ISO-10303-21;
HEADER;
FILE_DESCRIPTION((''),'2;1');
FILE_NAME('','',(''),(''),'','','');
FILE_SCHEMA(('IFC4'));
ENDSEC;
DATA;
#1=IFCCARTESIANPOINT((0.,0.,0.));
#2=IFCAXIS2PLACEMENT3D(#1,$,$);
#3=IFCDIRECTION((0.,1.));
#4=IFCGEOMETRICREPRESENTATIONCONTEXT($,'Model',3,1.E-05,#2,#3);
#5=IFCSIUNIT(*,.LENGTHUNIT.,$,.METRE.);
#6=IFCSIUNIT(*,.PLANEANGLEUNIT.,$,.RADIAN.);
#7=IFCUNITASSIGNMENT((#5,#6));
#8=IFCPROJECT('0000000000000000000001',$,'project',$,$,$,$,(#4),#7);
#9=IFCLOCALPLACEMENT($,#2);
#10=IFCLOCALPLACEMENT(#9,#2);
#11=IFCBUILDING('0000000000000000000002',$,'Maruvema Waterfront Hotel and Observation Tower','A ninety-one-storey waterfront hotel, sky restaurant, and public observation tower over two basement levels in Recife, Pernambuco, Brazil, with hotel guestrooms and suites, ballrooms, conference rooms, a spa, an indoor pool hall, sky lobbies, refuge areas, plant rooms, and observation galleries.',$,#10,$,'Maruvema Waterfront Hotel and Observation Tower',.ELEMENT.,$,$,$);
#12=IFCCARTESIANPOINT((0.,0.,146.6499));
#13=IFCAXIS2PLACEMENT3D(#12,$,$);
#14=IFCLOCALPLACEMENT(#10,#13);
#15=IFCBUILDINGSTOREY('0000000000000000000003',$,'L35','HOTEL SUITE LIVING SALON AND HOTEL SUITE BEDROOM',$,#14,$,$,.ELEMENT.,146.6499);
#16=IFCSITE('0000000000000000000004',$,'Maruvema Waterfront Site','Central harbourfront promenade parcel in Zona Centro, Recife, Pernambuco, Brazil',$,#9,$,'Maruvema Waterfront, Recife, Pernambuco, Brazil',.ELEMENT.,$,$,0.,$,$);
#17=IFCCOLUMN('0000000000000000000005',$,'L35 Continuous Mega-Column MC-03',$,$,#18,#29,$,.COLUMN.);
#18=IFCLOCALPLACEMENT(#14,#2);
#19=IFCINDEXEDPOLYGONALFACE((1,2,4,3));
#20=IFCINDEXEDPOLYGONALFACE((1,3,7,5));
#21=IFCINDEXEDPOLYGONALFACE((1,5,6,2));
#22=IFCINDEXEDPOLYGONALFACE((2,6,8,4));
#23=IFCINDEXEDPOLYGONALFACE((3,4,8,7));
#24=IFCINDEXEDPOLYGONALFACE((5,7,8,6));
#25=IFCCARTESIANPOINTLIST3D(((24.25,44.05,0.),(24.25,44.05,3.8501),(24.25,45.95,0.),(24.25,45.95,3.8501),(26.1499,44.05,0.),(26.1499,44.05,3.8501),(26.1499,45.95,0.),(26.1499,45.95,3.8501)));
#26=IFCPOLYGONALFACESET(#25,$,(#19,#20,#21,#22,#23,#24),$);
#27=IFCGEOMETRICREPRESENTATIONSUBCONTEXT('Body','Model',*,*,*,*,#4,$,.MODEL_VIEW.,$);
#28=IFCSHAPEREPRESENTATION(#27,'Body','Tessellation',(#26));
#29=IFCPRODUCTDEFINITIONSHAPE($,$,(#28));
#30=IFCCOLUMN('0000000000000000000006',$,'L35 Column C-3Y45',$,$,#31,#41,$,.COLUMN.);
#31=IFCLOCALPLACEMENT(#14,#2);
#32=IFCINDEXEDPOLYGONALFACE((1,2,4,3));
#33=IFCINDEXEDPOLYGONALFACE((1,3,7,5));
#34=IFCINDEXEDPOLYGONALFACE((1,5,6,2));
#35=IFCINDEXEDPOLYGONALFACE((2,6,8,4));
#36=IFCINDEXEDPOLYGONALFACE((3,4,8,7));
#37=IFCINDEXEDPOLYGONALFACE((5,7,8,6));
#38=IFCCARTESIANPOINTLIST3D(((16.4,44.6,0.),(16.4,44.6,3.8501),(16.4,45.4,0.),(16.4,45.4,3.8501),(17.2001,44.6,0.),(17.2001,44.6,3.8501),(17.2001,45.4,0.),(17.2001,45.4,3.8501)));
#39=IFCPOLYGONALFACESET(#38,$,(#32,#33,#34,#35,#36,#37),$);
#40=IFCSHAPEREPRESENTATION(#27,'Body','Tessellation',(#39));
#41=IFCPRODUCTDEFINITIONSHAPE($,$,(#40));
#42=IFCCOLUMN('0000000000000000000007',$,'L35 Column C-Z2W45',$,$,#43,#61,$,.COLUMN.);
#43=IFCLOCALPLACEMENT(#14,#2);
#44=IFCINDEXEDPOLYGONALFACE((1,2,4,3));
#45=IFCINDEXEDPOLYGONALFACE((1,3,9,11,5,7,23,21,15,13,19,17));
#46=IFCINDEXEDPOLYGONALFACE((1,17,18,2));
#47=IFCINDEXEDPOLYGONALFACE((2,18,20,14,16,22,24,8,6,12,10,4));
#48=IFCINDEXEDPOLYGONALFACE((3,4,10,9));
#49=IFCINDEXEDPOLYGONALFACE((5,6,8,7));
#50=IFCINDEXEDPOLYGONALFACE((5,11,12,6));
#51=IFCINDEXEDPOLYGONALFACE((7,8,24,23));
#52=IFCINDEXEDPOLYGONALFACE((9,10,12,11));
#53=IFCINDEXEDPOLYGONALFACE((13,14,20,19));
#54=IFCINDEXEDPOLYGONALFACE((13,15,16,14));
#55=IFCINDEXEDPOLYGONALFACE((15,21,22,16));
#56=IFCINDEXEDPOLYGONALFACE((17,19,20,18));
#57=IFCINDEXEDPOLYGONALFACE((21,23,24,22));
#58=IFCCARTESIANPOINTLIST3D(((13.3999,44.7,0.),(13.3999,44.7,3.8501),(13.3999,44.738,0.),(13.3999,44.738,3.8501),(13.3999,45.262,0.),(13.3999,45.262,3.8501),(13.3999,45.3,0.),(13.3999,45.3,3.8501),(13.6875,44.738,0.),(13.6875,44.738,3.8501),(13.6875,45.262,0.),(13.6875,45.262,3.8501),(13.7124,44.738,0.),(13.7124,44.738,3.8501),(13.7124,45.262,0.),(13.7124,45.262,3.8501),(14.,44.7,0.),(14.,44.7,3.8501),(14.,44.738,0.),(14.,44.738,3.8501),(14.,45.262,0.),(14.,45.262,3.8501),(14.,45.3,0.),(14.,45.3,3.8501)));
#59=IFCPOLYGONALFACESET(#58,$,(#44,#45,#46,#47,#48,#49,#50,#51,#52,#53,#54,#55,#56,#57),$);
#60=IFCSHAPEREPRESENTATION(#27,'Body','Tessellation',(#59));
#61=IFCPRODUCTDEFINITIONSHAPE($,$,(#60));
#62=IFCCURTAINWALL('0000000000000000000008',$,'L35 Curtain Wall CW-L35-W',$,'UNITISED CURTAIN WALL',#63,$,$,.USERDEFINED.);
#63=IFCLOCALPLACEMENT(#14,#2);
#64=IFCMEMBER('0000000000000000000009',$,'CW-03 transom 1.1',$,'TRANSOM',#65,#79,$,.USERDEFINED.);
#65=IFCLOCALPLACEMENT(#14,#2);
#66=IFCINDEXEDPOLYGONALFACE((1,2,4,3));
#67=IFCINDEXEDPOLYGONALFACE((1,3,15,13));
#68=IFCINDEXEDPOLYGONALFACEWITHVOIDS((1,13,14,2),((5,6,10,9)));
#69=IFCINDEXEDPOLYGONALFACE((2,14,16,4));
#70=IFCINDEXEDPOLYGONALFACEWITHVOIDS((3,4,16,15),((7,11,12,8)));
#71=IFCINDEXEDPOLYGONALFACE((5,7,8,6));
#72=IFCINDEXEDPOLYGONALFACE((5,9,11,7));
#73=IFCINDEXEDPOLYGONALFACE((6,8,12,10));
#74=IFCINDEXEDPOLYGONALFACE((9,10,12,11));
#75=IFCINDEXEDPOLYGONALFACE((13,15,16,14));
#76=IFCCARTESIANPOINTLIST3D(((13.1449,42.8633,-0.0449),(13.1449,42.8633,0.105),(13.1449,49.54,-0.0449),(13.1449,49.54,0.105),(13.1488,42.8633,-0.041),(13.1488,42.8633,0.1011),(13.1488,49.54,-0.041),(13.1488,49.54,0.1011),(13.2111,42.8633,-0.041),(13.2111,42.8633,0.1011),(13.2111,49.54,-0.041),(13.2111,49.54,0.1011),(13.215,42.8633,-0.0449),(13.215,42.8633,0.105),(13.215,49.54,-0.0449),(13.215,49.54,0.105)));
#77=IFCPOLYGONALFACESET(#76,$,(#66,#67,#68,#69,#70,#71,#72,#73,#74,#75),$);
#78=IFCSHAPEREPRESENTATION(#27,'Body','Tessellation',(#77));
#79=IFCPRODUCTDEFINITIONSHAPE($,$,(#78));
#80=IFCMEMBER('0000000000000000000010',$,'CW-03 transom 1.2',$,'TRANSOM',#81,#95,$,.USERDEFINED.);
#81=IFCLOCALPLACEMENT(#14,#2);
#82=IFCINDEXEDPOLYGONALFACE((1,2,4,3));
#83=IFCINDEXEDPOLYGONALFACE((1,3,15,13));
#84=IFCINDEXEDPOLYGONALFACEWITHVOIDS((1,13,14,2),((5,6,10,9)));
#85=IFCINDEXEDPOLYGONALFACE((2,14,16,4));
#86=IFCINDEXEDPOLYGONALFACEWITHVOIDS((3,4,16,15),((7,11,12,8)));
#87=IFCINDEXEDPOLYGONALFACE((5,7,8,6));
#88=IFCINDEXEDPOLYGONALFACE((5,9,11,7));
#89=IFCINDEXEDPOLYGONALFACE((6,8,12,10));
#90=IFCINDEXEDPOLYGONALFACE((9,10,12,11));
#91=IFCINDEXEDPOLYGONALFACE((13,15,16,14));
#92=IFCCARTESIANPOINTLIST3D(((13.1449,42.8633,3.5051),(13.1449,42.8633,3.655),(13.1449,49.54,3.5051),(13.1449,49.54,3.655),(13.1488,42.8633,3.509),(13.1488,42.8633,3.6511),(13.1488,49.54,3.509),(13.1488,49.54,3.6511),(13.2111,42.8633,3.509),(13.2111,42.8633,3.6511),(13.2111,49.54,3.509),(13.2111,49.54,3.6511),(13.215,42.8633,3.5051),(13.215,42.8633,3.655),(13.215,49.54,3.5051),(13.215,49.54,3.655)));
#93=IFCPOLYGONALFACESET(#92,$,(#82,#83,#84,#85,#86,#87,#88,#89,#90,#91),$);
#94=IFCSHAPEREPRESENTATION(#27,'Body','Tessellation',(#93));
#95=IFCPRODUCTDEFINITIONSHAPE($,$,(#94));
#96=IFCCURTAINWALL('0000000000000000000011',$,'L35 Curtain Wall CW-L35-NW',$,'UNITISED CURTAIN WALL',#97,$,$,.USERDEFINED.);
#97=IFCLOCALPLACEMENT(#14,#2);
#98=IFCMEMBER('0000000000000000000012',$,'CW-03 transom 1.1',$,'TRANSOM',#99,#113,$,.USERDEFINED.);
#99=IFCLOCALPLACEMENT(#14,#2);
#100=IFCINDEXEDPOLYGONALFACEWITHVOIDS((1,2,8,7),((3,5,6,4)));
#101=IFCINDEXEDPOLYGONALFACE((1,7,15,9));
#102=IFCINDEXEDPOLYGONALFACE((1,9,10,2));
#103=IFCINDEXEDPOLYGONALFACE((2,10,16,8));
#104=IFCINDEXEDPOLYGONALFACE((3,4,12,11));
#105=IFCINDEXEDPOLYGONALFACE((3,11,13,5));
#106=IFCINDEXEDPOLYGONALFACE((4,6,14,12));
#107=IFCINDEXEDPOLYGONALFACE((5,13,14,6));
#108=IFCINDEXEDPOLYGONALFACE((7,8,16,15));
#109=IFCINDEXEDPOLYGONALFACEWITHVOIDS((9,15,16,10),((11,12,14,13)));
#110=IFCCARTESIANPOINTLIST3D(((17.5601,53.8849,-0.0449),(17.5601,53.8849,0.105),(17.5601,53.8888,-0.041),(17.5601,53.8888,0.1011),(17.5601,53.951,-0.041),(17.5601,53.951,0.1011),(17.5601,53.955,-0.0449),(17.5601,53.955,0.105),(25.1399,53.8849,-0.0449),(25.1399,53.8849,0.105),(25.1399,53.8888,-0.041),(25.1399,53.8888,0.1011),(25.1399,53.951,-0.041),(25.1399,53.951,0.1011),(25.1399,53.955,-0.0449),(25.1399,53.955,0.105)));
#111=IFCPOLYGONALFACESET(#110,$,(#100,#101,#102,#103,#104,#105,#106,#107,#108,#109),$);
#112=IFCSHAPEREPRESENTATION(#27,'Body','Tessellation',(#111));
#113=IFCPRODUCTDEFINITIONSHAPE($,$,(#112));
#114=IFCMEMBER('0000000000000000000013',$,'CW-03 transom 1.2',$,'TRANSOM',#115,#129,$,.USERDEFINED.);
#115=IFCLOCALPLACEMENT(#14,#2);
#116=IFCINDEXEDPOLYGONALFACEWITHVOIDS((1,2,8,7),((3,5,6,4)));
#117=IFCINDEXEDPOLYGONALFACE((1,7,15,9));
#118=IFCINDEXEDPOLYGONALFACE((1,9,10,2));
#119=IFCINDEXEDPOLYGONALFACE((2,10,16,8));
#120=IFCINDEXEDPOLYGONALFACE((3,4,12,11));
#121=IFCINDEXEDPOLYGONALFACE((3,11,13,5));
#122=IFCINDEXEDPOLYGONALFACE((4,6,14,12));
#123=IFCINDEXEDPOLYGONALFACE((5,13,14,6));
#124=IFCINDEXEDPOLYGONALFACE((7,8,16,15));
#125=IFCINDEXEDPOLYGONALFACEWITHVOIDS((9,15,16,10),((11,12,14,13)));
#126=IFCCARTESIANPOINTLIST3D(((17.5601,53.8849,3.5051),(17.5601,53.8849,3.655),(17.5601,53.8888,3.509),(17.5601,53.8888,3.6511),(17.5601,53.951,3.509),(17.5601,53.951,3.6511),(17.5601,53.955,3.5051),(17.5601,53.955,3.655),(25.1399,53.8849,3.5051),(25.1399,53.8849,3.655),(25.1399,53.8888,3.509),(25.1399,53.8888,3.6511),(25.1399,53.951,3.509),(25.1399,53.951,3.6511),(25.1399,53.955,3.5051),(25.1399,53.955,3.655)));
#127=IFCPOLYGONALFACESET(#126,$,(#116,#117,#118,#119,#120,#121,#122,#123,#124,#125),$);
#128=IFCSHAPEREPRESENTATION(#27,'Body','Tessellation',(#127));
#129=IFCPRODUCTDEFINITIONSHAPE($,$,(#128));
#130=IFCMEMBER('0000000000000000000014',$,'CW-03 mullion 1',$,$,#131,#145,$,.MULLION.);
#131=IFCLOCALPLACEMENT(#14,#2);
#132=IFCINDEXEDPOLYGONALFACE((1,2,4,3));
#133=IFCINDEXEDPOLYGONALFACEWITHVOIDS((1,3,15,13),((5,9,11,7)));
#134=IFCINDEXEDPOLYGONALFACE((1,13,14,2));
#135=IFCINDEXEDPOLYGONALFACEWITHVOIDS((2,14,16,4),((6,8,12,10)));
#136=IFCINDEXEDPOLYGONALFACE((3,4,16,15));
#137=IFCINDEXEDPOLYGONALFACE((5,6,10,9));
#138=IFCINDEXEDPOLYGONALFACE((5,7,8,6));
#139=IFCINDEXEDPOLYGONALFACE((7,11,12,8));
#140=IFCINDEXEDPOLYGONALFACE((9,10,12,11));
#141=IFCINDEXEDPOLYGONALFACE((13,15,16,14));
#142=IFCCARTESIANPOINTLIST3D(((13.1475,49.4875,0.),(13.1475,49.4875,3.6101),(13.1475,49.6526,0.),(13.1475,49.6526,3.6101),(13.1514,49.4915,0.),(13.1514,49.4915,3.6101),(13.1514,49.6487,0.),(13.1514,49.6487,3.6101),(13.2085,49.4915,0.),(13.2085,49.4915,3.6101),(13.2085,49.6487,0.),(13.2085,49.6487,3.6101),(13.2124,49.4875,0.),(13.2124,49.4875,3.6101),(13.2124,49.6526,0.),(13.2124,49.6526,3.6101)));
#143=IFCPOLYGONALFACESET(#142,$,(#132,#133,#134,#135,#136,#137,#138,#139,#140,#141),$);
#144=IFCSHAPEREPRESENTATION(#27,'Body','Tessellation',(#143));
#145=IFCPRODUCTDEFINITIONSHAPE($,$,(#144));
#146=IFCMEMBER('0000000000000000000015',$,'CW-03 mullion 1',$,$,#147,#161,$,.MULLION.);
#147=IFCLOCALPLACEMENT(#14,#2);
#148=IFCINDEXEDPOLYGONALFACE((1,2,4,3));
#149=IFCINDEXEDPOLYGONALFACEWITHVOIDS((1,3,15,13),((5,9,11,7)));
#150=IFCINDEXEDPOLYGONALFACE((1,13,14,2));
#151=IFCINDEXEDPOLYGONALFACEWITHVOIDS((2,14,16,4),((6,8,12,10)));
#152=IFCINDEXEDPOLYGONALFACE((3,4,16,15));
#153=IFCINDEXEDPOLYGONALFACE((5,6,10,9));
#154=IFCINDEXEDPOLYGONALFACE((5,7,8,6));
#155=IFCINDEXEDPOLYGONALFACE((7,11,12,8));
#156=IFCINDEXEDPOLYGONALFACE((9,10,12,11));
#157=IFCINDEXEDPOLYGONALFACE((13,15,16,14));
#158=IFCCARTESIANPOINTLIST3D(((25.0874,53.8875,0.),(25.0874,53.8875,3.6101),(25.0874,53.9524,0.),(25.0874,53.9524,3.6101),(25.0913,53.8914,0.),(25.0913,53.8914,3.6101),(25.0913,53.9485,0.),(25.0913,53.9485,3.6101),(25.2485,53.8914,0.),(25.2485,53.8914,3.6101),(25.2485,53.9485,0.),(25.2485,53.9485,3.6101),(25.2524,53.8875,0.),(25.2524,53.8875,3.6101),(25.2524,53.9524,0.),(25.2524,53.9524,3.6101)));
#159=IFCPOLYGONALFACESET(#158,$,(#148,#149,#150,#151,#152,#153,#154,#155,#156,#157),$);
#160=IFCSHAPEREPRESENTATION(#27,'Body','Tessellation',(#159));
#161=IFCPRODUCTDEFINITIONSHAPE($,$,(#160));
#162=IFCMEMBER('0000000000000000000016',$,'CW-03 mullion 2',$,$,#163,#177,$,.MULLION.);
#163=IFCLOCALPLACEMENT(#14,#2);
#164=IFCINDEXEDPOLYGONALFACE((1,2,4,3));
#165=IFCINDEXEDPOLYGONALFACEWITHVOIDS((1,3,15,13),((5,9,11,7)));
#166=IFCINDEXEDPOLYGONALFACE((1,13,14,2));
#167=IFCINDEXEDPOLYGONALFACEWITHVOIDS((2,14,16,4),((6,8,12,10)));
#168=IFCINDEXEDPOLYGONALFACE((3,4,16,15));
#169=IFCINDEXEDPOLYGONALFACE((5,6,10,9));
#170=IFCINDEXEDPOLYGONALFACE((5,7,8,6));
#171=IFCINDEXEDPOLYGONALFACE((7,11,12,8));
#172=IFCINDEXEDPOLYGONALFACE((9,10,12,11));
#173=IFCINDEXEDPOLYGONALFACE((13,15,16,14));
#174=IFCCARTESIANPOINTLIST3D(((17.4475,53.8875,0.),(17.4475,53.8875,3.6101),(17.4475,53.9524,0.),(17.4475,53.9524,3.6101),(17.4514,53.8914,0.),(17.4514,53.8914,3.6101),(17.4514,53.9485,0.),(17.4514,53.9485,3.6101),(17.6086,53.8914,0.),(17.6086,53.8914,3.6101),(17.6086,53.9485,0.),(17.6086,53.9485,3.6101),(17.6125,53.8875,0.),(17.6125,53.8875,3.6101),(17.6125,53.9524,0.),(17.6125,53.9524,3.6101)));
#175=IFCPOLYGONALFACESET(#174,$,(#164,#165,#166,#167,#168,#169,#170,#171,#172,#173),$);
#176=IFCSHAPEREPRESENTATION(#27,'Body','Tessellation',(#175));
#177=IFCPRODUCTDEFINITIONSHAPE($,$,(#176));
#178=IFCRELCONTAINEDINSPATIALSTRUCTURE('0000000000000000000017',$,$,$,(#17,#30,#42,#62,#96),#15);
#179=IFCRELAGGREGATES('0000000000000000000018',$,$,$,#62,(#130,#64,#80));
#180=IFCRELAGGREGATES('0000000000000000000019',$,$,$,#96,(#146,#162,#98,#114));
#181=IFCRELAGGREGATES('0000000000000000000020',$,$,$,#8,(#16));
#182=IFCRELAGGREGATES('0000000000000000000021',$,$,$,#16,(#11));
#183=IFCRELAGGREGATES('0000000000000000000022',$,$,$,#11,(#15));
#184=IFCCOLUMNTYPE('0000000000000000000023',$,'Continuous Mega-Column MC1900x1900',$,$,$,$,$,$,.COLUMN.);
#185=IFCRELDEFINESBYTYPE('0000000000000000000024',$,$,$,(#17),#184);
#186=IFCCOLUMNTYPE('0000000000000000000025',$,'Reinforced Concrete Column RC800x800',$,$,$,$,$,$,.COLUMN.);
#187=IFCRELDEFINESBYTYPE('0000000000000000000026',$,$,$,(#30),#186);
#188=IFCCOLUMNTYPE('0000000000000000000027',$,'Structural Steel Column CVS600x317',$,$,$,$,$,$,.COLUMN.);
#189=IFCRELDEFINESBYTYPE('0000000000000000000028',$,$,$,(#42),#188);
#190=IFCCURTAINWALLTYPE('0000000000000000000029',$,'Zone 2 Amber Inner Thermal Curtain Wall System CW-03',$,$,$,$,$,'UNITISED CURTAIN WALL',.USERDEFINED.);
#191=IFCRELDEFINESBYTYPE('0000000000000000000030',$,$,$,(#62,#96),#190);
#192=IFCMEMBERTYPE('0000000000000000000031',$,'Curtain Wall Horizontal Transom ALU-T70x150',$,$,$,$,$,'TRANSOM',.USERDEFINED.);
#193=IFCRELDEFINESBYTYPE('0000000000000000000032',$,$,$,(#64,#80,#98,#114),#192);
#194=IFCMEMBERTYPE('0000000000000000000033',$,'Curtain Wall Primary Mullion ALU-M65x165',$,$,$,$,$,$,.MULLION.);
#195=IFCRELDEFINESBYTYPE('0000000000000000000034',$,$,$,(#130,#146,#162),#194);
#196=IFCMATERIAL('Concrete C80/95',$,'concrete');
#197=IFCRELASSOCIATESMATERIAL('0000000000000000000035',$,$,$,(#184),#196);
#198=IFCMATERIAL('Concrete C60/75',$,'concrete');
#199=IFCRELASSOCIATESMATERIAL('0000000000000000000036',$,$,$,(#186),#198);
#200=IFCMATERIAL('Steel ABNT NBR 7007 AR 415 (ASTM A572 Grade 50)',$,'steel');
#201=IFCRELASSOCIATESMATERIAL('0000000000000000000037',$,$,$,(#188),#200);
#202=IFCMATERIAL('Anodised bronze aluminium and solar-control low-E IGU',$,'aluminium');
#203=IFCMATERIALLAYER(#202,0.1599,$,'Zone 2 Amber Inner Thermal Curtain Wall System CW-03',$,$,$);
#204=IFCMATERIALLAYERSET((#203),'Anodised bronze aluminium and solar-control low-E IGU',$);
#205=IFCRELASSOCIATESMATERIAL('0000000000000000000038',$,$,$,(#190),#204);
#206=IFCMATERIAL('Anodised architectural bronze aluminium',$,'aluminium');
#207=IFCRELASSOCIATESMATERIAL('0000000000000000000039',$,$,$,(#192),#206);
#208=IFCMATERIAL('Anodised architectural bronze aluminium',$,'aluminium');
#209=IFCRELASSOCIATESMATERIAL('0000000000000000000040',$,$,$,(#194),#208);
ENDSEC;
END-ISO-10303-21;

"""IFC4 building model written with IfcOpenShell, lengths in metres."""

from ifc_helpers import new_model, si_unit, direction, frame, origin, origin_2d, place, context, subcontext, project, spatial, rectangle, hollow_rectangle, i_section, extrude, material, layer, layer_set, material_profile, profile_set, type_object, element, aggregate, save


model = new_model("IFC4")

# Units and contexts
model_context = context("Model", 3, precision=1e-05, world=origin(), true_north=direction((0.0, 1.0)))
body_context = subcontext(model_context, "Body", "Model", "MODEL_VIEW")
ifc_project = project(units=[si_unit("LENGTHUNIT", "METRE"), si_unit("PLANEANGLEUNIT", "RADIAN")], contexts=[model_context])

# Site, building, storey
site_placement = place(None, origin())
site = spatial("IfcSite", under=ifc_project, at=site_placement, Name="Maruvema Waterfront Site", Description="Central harbourfront promenade parcel in Zona Centro, Recife, Pernambuco, Brazil", LongName="Maruvema Waterfront, Recife, Pernambuco, Brazil", CompositionType="ELEMENT", RefElevation=0.0)
building_placement = place(site_placement, origin())
building = spatial("IfcBuilding", under=site, at=building_placement, Name="Maruvema Waterfront Hotel and Observation Tower", Description="A ninety-one-storey waterfront hotel, sky restaurant, and public observation tower over two basement levels in Recife, Pernambuco, Brazil, with hotel guestrooms and suites, ballrooms, conference rooms, a spa, an indoor pool hall, sky lobbies, refuge areas, plant rooms, and observation galleries.", LongName="Maruvema Waterfront Hotel and Observation Tower", CompositionType="ELEMENT")
storey_placement = place(building_placement, frame((0.0, 0.0, 146.6499)))
storey = spatial("IfcBuildingStorey", under=building, at=storey_placement, Name="L35", Description="HOTEL SUITE LIVING SALON AND HOTEL SUITE BEDROOM", CompositionType="ELEMENT", Elevation=146.6499)

# Columns
ifc_material_1 = material(Name="Concrete C80/95", Category="concrete")
ifc_material_profile_1 = material_profile(ifc_material_1, rectangle(XDim=1.8999, YDim=1.8999, at=origin_2d()), Name="MC1900x1900")
ifc_profile_set_1 = profile_set([ifc_material_profile_1], Name="Concrete C80/95")
column_type_1 = type_object("IfcColumnType", Name="Continuous Mega-Column MC1900x1900", PredefinedType="COLUMN", material=ifc_profile_set_1)
column_1_placement = place(storey_placement, frame((25.2, 45.0, 0.0), z_axis=(0.0, 0.0, 1.0), x_axis=(1.0, 0.0, 0.0)))
element("IfcColumn", 1, at=column_1_placement, inside=storey, type_object=column_type_1, Name="L35 Continuous Mega-Column MC-03", PredefinedType="COLUMN", context=body_context, shape_type="SweptSolid", body=[
    extrude(rectangle(XDim=1.8999, YDim=1.8999, at=origin_2d()), origin(), (0.0, 0.0, 1.0), 3.8501),
])
ifc_material_2 = material(Name="Concrete C60/75", Category="concrete")
ifc_material_profile_2 = material_profile(ifc_material_2, rectangle(XDim=0.8, YDim=0.8, at=origin_2d()), Name="RC800x800")
ifc_profile_set_2 = profile_set([ifc_material_profile_2], Name="Concrete C60/75")
column_type_2 = type_object("IfcColumnType", Name="Reinforced Concrete Column RC800x800", PredefinedType="COLUMN", material=ifc_profile_set_2)
column_2_placement = place(storey_placement, frame((16.8, 45.0, 0.0), z_axis=(0.0, 0.0, 1.0), x_axis=(1.0, 0.0, 0.0)))
element("IfcColumn", 2, at=column_2_placement, inside=storey, type_object=column_type_2, Name="L35 Column C-3Y45", PredefinedType="COLUMN", context=body_context, shape_type="SweptSolid", body=[
    extrude(rectangle(XDim=0.8, YDim=0.8, at=origin_2d()), origin(), (0.0, 0.0, 1.0), 3.8501),
])
ifc_material_3 = material(Name="Steel ABNT NBR 7007 AR 415 (ASTM A572 Grade 50)", Category="steel")
ifc_material_profile_3 = material_profile(ifc_material_3, i_section(OverallWidth=0.6001, OverallDepth=0.6001, WebThickness=0.0249, FlangeThickness=0.0381, at=origin_2d()), Name="CVS600x317")
ifc_profile_set_3 = profile_set([ifc_material_profile_3], Name="Steel ABNT NBR 7007 AR 415 (ASTM A572 Grade 50)")
column_type_3 = type_object("IfcColumnType", Name="Structural Steel Column CVS600x317", PredefinedType="COLUMN", material=ifc_profile_set_3)
column_3_placement = place(storey_placement, frame((13.7, 45.0, 0.0), z_axis=(0.0, 0.0, 1.0), x_axis=(1.0, 0.0, 0.0)))
element("IfcColumn", 3, at=column_3_placement, inside=storey, type_object=column_type_3, Name="L35 Column C-Z2W45", PredefinedType="COLUMN", context=body_context, shape_type="SweptSolid", body=[
    extrude(i_section(OverallWidth=0.6001, OverallDepth=0.6001, WebThickness=0.0249, FlangeThickness=0.0381, at=origin_2d()), origin(), (0.0, 0.0, 1.0), 3.8501),
])

# Curtain walls, members
ifc_material_4 = material(Name="Anodised bronze aluminium and solar-control low-E IGU", Category="aluminium")
ifc_layer_1 = layer(ifc_material_4, 0.1599, Name="Zone 2 Amber Inner Thermal Curtain Wall System CW-03")
ifc_layer_set_1 = layer_set([ifc_layer_1], Name="Anodised bronze aluminium and solar-control low-E IGU")
curtain_wall_type = type_object("IfcCurtainWallType", Name="Zone 2 Amber Inner Thermal Curtain Wall System CW-03", ElementType="UNITISED CURTAIN WALL", PredefinedType="USERDEFINED", material=ifc_layer_set_1)
curtain_wall_1_placement = place(storey_placement, origin())
curtain_wall_1 = element("IfcCurtainWall", 4, at=curtain_wall_1_placement, inside=storey, type_object=curtain_wall_type, Name="L35 Curtain Wall CW-L35-W", ObjectType="UNITISED CURTAIN WALL", PredefinedType="USERDEFINED")
ifc_material_5 = material(Name="Anodised architectural bronze aluminium", Category="aluminium")
ifc_material_profile_4 = material_profile(ifc_material_5, hollow_rectangle(XDim=0.0701, YDim=0.1499, WallThickness=0.0039, at=origin_2d()), Name="ALU-T70x150")
ifc_profile_set_4 = profile_set([ifc_material_profile_4], Name="Anodised architectural bronze aluminium")
member_type_1 = type_object("IfcMemberType", Name="Curtain Wall Horizontal Transom ALU-T70x150", ElementType="TRANSOM", PredefinedType="USERDEFINED", material=ifc_profile_set_4)
member_1_placement = place(storey_placement, frame((13.1799, 49.54, 0.03), z_axis=(0.0, -1.0, 0.0), x_axis=(1.0, 0.0, 0.0)))
member_1 = element("IfcMember", 5, at=member_1_placement, type_object=member_type_1, Name="CW-03 transom 1.1", ObjectType="TRANSOM", PredefinedType="USERDEFINED", context=body_context, shape_type="SweptSolid", body=[
    extrude(hollow_rectangle(XDim=0.0701, YDim=0.1499, WallThickness=0.0039, at=origin_2d()), origin(), (0.0, 0.0, 1.0), 6.6768),
])
member_2_placement = place(storey_placement, frame((13.1799, 49.54, 3.5801), z_axis=(0.0, -1.0, 0.0), x_axis=(1.0, 0.0, 0.0)))
member_2 = element("IfcMember", 6, at=member_2_placement, type_object=member_type_1, Name="CW-03 transom 1.2", ObjectType="TRANSOM", PredefinedType="USERDEFINED", context=body_context, shape_type="SweptSolid", body=[
    extrude(hollow_rectangle(XDim=0.0701, YDim=0.1499, WallThickness=0.0039, at=origin_2d()), origin(), (0.0, 0.0, 1.0), 6.6768),
])
curtain_wall_2_placement = place(storey_placement, origin())
curtain_wall_2 = element("IfcCurtainWall", 7, at=curtain_wall_2_placement, inside=storey, type_object=curtain_wall_type, Name="L35 Curtain Wall CW-L35-NW", ObjectType="UNITISED CURTAIN WALL", PredefinedType="USERDEFINED")
member_3_placement = place(storey_placement, frame((25.1399, 53.9199, 0.03), z_axis=(-1.0, 0.0, 0.0), x_axis=(0.0, -1.0, 0.0)))
member_3 = element("IfcMember", 8, at=member_3_placement, type_object=member_type_1, Name="CW-03 transom 1.1", ObjectType="TRANSOM", PredefinedType="USERDEFINED", context=body_context, shape_type="SweptSolid", body=[
    extrude(hollow_rectangle(XDim=0.0701, YDim=0.1499, WallThickness=0.0039, at=origin_2d()), origin(), (0.0, 0.0, 1.0), 7.5798),
])
member_4_placement = place(storey_placement, frame((25.1399, 53.9199, 3.5801), z_axis=(-1.0, 0.0, 0.0), x_axis=(0.0, -1.0, 0.0)))
member_4 = element("IfcMember", 9, at=member_4_placement, type_object=member_type_1, Name="CW-03 transom 1.2", ObjectType="TRANSOM", PredefinedType="USERDEFINED", context=body_context, shape_type="SweptSolid", body=[
    extrude(hollow_rectangle(XDim=0.0701, YDim=0.1499, WallThickness=0.0039, at=origin_2d()), origin(), (0.0, 0.0, 1.0), 7.5798),
])

# Members
ifc_material_6 = material(Name="Anodised architectural bronze aluminium", Category="aluminium")
ifc_material_profile_5 = material_profile(ifc_material_6, hollow_rectangle(XDim=0.0649, YDim=0.165, WallThickness=0.0039, at=origin_2d()), Name="ALU-M65x165")
ifc_profile_set_5 = profile_set([ifc_material_profile_5], Name="Anodised architectural bronze aluminium")
member_type_2 = type_object("IfcMemberType", Name="Curtain Wall Primary Mullion ALU-M65x165", PredefinedType="MULLION", material=ifc_profile_set_5)
member_5_placement = place(storey_placement, frame((13.1799, 49.5701, 0.0), z_axis=(0.0, 0.0, 1.0), x_axis=(1.0, 0.0, 0.0)))
member_5 = element("IfcMember", 10, at=member_5_placement, type_object=member_type_2, Name="CW-03 mullion 1", PredefinedType="MULLION", context=body_context, shape_type="SweptSolid", body=[
    extrude(hollow_rectangle(XDim=0.0649, YDim=0.165, WallThickness=0.0039, at=origin_2d()), origin(), (0.0, 0.0, 1.0), 3.6101),
])
member_6_placement = place(storey_placement, frame((25.1699, 53.9199, 0.0), z_axis=(0.0, 0.0, 1.0), x_axis=(0.0, -1.0, 0.0)))
member_6 = element("IfcMember", 11, at=member_6_placement, type_object=member_type_2, Name="CW-03 mullion 1", PredefinedType="MULLION", context=body_context, shape_type="SweptSolid", body=[
    extrude(hollow_rectangle(XDim=0.0649, YDim=0.165, WallThickness=0.0039, at=origin_2d()), origin(), (0.0, 0.0, 1.0), 3.6101),
])
member_7_placement = place(storey_placement, frame((17.53, 53.9199, 0.0), z_axis=(0.0, 0.0, 1.0), x_axis=(0.0, -1.0, 0.0)))
member_7 = element("IfcMember", 12, at=member_7_placement, type_object=member_type_2, Name="CW-03 mullion 2", PredefinedType="MULLION", context=body_context, shape_type="SweptSolid", body=[
    extrude(hollow_rectangle(XDim=0.0649, YDim=0.165, WallThickness=0.0039, at=origin_2d()), origin(), (0.0, 0.0, 1.0), 3.6101),
])

aggregate(curtain_wall_1, [member_5, member_1, member_2])
aggregate(curtain_wall_2, [member_6, member_7, member_3, member_4])

save(model, "model.ifc")
